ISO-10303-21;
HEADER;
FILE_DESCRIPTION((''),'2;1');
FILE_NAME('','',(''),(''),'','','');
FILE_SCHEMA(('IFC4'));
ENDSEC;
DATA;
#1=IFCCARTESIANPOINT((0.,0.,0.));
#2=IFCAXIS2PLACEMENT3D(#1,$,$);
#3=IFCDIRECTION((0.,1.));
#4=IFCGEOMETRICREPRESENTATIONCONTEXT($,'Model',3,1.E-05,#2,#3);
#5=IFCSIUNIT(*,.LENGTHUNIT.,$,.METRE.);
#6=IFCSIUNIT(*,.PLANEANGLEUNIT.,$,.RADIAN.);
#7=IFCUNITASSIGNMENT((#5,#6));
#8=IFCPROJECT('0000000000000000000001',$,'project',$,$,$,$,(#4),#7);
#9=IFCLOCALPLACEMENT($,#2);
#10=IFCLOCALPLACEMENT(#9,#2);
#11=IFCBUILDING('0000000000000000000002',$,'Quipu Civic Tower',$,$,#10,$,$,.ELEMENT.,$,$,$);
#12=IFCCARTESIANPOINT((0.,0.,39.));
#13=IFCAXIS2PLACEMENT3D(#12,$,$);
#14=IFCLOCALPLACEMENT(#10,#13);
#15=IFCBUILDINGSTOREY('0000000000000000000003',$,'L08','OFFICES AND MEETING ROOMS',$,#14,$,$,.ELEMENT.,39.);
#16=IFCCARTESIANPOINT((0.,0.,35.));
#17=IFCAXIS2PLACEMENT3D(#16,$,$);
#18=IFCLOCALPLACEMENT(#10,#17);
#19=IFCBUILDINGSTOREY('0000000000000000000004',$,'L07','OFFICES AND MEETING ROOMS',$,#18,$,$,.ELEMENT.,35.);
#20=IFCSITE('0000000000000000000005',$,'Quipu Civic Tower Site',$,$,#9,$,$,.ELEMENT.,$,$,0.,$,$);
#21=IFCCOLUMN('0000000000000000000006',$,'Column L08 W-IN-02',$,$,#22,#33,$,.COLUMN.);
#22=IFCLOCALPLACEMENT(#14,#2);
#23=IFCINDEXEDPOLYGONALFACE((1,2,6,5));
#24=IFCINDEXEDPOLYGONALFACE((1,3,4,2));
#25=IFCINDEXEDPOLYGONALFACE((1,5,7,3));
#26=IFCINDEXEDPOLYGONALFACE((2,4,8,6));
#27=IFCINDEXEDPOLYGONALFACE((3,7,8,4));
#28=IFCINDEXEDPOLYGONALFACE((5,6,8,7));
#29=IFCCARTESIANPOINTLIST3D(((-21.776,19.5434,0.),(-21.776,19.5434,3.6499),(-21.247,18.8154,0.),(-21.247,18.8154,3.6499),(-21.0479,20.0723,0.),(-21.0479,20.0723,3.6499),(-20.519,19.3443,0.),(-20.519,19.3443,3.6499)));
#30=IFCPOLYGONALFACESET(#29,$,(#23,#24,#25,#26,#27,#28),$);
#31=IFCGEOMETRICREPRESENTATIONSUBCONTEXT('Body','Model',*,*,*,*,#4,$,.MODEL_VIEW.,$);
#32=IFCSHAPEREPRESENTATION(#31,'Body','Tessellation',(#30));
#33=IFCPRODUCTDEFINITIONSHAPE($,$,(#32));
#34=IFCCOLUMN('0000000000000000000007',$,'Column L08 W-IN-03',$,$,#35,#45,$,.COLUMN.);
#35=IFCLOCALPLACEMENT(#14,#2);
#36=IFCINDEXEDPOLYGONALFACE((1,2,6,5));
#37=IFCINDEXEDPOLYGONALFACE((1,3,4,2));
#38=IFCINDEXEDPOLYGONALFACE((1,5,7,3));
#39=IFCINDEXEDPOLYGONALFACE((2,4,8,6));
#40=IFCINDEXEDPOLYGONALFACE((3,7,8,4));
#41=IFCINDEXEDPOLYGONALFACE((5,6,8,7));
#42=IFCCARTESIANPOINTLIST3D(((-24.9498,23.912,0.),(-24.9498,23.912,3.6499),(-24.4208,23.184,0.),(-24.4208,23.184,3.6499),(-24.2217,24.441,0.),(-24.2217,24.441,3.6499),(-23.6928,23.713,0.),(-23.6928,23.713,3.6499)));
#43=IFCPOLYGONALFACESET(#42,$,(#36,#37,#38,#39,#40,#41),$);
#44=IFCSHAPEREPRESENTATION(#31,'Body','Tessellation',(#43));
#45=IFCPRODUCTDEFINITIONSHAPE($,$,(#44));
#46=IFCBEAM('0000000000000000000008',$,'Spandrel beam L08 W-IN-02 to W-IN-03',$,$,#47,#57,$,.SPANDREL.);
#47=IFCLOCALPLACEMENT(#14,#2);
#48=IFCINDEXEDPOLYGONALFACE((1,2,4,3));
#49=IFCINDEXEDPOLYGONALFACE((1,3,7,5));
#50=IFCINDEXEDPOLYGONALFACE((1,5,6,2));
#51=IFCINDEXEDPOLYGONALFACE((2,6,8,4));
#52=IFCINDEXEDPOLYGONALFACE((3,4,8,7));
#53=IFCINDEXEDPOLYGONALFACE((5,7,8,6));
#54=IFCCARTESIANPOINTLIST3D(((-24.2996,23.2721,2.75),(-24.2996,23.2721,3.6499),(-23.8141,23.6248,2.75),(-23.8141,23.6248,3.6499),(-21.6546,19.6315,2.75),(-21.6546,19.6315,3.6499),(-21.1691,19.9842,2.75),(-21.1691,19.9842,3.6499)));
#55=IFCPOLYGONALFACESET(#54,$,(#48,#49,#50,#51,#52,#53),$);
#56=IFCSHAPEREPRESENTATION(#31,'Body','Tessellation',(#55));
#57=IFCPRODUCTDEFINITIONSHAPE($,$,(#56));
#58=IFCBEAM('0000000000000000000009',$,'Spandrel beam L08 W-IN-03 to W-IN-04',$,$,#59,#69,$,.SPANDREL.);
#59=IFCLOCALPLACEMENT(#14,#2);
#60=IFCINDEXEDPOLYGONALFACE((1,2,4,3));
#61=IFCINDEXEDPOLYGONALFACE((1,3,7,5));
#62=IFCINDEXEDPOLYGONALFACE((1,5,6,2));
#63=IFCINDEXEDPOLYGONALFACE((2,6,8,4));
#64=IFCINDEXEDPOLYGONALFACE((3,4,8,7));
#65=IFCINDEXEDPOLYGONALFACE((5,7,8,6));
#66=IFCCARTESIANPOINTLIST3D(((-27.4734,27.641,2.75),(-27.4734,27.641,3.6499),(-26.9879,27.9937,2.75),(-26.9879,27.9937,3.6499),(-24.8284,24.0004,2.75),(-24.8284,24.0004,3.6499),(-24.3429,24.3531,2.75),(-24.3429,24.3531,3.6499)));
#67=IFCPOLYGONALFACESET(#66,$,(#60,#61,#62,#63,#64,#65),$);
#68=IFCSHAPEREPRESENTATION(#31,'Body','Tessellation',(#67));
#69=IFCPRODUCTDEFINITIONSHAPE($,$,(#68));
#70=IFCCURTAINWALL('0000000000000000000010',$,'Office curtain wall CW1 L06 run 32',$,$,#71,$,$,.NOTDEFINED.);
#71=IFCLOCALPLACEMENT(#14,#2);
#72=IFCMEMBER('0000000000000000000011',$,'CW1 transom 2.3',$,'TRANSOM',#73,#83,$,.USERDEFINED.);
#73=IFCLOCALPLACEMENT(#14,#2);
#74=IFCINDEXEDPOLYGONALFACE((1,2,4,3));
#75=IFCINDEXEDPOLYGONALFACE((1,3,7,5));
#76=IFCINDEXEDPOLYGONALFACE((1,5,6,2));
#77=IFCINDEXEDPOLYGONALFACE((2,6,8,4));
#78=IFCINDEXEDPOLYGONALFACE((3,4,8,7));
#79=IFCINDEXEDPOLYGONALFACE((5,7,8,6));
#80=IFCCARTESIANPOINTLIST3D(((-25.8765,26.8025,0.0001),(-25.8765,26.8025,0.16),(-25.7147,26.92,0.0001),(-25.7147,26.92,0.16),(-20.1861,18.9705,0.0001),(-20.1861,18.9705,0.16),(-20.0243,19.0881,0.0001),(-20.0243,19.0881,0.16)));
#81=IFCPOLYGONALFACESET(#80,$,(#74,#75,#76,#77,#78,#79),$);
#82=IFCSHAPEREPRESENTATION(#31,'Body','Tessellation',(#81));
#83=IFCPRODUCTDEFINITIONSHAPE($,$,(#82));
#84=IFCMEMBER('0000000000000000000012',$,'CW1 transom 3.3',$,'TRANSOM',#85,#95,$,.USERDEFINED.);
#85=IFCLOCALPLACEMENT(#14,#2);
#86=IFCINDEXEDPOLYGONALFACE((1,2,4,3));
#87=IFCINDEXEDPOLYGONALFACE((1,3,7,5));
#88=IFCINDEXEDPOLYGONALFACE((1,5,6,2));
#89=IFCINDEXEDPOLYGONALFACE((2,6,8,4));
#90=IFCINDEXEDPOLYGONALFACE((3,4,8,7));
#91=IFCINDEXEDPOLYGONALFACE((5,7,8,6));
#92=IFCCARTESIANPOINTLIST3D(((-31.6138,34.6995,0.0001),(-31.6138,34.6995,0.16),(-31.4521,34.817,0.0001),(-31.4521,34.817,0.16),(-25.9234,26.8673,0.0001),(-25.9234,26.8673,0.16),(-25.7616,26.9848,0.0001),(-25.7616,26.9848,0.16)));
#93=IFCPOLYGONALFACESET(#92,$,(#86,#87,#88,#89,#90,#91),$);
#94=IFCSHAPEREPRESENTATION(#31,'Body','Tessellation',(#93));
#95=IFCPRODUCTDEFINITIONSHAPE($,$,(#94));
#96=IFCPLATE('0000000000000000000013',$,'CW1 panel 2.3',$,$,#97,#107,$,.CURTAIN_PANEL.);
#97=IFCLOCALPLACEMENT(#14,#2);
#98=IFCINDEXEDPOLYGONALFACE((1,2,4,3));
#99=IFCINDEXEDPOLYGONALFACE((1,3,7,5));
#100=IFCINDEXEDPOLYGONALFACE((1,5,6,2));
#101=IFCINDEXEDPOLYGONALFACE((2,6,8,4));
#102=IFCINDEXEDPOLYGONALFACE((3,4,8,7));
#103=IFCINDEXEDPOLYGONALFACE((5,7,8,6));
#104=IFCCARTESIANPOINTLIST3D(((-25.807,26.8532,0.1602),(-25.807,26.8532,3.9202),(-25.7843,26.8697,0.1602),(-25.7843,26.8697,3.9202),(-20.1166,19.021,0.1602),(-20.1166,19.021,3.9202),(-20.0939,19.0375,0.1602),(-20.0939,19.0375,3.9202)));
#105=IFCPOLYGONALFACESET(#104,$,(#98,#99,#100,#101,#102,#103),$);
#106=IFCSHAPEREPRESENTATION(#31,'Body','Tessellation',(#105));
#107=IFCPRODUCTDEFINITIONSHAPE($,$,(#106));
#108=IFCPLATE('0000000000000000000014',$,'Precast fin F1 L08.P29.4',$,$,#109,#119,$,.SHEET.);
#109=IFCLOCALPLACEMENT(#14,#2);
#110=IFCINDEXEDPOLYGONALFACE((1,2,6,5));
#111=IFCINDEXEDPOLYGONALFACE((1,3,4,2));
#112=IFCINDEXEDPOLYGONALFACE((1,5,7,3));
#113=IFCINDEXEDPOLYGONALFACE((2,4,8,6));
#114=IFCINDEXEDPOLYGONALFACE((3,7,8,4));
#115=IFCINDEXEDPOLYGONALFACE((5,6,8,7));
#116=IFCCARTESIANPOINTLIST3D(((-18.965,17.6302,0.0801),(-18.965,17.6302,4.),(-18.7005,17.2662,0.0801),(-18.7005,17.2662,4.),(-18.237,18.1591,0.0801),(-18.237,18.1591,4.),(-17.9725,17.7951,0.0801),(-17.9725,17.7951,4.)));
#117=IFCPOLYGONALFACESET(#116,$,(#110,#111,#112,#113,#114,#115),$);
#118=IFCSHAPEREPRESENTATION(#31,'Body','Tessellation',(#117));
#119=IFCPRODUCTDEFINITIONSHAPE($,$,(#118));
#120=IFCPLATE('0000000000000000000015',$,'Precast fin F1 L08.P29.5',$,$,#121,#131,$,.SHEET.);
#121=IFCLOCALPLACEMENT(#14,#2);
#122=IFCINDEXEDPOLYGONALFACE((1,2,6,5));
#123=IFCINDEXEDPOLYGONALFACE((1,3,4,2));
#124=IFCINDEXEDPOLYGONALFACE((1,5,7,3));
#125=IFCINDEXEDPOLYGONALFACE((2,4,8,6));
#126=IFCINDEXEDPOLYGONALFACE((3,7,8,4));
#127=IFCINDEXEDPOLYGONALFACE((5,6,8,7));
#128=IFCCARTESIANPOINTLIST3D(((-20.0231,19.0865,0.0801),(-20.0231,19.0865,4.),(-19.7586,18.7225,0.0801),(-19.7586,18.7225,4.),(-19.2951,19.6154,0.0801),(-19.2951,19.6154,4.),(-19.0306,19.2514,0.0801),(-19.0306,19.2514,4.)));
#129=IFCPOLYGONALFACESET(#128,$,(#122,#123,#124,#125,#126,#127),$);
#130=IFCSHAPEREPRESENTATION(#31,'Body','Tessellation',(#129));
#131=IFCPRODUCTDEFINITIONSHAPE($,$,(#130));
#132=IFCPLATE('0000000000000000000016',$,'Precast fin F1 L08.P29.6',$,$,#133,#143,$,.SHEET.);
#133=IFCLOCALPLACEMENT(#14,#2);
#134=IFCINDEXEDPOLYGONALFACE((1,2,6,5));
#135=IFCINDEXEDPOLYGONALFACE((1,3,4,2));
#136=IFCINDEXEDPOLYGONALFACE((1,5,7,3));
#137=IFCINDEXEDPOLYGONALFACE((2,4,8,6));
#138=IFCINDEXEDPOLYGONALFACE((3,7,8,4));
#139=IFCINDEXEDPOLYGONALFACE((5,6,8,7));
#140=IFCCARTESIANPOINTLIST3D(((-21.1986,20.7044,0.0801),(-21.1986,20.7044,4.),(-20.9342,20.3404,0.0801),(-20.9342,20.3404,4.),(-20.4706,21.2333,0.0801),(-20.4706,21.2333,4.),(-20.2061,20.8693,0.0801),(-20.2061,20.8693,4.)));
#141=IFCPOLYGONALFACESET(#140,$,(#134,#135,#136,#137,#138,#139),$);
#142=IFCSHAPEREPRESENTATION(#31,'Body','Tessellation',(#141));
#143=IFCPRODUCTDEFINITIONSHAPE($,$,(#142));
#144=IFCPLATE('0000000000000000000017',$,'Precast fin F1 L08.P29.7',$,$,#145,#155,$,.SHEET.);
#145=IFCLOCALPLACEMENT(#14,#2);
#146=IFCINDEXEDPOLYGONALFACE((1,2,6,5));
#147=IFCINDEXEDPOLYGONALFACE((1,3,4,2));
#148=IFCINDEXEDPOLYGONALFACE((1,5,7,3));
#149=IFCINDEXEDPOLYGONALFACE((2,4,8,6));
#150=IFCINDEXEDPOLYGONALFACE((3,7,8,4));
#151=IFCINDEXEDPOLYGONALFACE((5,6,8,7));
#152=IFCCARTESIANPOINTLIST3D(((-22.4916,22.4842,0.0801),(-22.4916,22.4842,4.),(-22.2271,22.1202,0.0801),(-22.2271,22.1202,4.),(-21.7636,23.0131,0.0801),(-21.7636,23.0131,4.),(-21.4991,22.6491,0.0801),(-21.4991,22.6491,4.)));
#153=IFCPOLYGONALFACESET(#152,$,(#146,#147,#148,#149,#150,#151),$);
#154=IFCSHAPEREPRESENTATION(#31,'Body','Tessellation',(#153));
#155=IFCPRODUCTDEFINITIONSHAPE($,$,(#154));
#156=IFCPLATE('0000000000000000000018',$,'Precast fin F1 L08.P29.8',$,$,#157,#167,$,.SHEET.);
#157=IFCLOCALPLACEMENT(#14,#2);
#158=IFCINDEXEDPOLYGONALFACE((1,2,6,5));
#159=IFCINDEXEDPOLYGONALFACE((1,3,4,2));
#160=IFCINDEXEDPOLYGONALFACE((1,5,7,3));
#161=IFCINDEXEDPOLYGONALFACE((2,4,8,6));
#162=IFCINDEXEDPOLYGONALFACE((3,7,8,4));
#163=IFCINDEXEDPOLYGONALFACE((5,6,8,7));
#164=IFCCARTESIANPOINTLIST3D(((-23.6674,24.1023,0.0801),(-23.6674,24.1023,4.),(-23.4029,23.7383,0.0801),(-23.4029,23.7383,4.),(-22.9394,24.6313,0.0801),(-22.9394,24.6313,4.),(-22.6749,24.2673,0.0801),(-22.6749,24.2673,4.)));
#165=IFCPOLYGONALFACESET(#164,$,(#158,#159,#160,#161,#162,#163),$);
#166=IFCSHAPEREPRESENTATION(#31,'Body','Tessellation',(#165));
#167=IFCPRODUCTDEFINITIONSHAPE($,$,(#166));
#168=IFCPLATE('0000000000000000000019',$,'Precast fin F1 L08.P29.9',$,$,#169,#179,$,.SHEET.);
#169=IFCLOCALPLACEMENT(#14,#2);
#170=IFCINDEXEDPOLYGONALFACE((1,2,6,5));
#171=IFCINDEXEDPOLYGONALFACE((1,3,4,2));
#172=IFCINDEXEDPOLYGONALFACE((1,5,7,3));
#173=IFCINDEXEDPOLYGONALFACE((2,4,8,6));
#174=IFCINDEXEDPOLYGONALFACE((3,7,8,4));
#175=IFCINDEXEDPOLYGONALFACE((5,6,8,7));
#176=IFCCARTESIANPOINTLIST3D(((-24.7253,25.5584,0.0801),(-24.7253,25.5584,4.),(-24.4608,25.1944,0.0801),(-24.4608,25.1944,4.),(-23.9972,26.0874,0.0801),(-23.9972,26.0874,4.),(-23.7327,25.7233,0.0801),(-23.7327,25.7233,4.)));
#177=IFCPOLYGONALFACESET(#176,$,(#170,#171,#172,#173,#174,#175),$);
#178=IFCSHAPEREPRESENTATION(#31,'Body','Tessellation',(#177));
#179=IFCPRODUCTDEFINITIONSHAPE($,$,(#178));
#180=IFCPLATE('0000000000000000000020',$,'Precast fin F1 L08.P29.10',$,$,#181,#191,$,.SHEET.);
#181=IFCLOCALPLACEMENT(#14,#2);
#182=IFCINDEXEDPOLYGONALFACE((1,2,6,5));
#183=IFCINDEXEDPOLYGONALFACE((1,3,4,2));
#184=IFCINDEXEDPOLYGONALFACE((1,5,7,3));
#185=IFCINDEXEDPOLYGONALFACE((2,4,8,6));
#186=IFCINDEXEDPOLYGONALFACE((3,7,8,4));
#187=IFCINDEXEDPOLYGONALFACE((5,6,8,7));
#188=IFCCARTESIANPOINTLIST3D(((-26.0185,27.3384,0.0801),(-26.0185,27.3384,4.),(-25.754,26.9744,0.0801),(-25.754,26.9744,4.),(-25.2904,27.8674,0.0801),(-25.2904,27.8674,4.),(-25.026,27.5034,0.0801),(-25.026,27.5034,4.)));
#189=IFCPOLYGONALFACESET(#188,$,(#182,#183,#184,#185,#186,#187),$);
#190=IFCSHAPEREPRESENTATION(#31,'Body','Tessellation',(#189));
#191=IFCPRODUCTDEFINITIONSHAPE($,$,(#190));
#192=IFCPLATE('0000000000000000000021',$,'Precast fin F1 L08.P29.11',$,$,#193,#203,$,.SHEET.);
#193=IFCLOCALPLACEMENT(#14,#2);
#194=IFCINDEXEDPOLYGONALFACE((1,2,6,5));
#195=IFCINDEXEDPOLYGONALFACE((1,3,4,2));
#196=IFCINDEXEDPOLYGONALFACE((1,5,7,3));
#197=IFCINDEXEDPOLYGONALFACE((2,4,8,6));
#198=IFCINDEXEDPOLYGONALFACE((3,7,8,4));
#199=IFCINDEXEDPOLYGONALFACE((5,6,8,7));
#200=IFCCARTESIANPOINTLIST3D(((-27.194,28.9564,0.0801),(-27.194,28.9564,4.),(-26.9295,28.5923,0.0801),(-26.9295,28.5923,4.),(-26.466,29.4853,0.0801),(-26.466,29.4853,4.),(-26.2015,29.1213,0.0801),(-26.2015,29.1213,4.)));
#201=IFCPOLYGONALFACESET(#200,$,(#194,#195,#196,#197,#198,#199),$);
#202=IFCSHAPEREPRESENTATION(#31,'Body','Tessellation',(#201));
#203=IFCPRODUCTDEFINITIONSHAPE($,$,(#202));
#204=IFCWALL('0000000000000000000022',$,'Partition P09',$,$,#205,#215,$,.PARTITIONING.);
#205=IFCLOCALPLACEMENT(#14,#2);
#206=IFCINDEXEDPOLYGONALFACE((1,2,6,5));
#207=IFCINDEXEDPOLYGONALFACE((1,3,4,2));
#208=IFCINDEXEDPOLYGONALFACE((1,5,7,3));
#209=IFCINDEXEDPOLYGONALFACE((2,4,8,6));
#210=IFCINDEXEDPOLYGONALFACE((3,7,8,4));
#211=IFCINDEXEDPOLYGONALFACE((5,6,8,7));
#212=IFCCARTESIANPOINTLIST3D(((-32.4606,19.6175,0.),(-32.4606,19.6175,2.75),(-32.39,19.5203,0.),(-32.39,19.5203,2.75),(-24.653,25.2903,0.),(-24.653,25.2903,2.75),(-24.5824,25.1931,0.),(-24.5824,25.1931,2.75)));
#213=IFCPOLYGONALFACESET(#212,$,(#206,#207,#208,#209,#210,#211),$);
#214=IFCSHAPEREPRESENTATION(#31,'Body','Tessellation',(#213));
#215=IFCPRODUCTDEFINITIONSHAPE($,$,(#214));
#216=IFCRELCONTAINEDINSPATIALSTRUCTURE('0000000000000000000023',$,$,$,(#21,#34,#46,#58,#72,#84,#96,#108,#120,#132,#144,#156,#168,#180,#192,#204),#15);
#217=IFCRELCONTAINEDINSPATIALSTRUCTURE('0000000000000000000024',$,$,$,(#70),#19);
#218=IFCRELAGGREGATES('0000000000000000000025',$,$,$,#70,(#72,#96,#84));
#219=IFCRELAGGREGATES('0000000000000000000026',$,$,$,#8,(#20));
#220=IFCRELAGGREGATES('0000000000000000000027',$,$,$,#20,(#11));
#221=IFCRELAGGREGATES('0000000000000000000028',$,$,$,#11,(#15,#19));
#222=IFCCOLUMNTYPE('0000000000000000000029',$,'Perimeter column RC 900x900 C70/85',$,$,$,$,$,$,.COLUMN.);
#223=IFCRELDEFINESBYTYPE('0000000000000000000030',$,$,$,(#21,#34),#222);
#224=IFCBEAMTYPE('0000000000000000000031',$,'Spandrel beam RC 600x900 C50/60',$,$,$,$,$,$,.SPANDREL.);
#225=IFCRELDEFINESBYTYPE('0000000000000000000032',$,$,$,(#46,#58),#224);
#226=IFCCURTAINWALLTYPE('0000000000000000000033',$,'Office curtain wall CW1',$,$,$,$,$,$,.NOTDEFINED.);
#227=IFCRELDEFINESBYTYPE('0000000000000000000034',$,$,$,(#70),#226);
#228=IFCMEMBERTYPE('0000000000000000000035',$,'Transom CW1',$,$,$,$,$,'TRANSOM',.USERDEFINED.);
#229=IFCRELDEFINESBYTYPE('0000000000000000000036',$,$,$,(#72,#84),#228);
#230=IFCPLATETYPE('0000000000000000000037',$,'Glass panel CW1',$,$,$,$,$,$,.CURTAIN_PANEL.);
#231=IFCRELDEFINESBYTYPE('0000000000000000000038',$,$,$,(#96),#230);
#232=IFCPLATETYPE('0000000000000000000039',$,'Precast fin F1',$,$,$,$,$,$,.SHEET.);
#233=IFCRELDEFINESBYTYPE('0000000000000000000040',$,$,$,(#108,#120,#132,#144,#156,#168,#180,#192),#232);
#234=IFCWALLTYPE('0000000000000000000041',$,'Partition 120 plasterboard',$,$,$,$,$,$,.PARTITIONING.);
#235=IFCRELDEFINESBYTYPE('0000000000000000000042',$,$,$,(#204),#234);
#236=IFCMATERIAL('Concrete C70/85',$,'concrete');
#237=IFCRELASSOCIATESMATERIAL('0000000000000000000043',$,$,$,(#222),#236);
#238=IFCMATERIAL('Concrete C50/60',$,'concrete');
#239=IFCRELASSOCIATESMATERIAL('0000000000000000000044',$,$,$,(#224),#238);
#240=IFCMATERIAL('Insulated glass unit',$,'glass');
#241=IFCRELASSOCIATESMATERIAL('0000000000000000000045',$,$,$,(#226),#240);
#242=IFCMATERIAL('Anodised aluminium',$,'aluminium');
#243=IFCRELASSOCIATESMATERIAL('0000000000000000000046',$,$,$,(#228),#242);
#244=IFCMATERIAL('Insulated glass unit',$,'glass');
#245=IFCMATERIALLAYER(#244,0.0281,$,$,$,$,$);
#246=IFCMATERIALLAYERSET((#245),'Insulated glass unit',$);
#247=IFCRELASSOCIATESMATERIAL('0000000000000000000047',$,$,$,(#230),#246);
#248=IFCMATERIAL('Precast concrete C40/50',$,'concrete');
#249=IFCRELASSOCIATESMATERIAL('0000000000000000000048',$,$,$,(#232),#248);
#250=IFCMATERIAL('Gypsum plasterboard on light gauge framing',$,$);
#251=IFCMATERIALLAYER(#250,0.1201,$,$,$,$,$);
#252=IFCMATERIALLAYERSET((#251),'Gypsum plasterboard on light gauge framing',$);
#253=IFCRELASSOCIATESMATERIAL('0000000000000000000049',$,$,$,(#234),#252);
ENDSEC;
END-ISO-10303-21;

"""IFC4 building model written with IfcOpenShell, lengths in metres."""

from ifc_helpers import new_model, si_unit, direction, frame, frame_2d, origin, origin_2d, place, context, subcontext, project, spatial, rectangle, extrude, material, layer, layer_set, material_profile, profile_set, type_object, element, aggregate, save


model = new_model("IFC4")

# Units and contexts
model_context = context("Model", 3, precision=1e-05, world=origin(), true_north=direction((0.0, 1.0)))
body_context = subcontext(model_context, "Body", "Model", "MODEL_VIEW")
ifc_project = project(units=[si_unit("LENGTHUNIT", "METRE"), si_unit("PLANEANGLEUNIT", "RADIAN")], contexts=[model_context])

# Site, building, storey
site_placement = place(None, origin())
site = spatial("IfcSite", under=ifc_project, at=site_placement, Name="Quipu Civic Tower Site", CompositionType="ELEMENT", RefElevation=0.0)
building_placement = place(site_placement, origin())
building = spatial("IfcBuilding", under=site, at=building_placement, Name="Quipu Civic Tower", CompositionType="ELEMENT")
storey_1_placement = place(building_placement, frame((0.0, 0.0, 39.0)))
storey_1 = spatial("IfcBuildingStorey", under=building, at=storey_1_placement, Name="L08", Description="OFFICES AND MEETING ROOMS", CompositionType="ELEMENT", Elevation=39.0)

# Columns
ifc_material_1 = material(Name="Concrete C70/85", Category="concrete")
ifc_material_profile_1 = material_profile(ifc_material_1, rectangle(XDim=0.8999, YDim=0.8999, at=origin_2d()), Name="RC900x900")
ifc_profile_set_1 = profile_set([ifc_material_profile_1], Name="Concrete C70/85")
column_type = type_object("IfcColumnType", Name="Perimeter column RC 900x900 C70/85", PredefinedType="COLUMN", material=ifc_profile_set_1)
for number, where, z_axis, x_axis, name in (
    (1, (-21.1475, 19.4438, 0.0), (0.0, 0.0, 1.0), (-0.587785, 0.809017, 0.0), "Column L08 W-IN-02"),
    (2, (-24.3213, 23.8125, 0.0), (0.0, 0.0, 1.0), (-0.587785, 0.809017, 0.0), "Column L08 W-IN-03"),
):
    element("IfcColumn", number, at=place(storey_1_placement, frame(where, z_axis=z_axis, x_axis=x_axis)), inside=storey_1, type_object=column_type, Name=name, PredefinedType="COLUMN", context=body_context, shape_type="SweptSolid", body=[
        extrude(rectangle(XDim=0.8999, YDim=0.8999, at=origin_2d()), origin(), (0.0, 0.0, 1.0), 3.6499),
    ])

# Beams
ifc_material_2 = material(Name="Concrete C50/60", Category="concrete")
ifc_material_profile_2 = material_profile(ifc_material_2, rectangle(XDim=0.6001, YDim=0.8999, at=origin_2d()), Name="RC600x900")
ifc_profile_set_2 = profile_set([ifc_material_profile_2], Name="Concrete C50/60")
beam_type = type_object("IfcBeamType", Name="Spandrel beam RC 600x900 C50/60", PredefinedType="SPANDREL", material=ifc_profile_set_2)
for number, where, z_axis, x_axis, name in (
    (3, (-21.4119, 19.8079, 3.2), (-0.587778, 0.809022, 0.0), (-0.809022, -0.587778, 0.0), "Spandrel beam L08 W-IN-02 to W-IN-03"),
    (4, (-24.5857, 24.1768, 3.2), (-0.587778, 0.809022, 0.0), (-0.809022, -0.587778, 0.0), "Spandrel beam L08 W-IN-03 to W-IN-04"),
):
    element("IfcBeam", number, at=place(storey_1_placement, frame(where, z_axis=z_axis, x_axis=x_axis)), inside=storey_1, type_object=beam_type, Name=name, PredefinedType="SPANDREL", context=body_context, shape_type="SweptSolid", body=[
        extrude(rectangle(XDim=0.6001, YDim=0.8999, at=origin_2d()), origin(), (0.0, 0.0, 1.0), 4.5),
    ])

# Shared definitions
storey_2_placement = place(building_placement, frame((0.0, 0.0, 35.0)))
storey_2 = spatial("IfcBuildingStorey", under=building, at=storey_2_placement, Name="L07", Description="OFFICES AND MEETING ROOMS", CompositionType="ELEMENT", Elevation=35.0)

# Curtain wall, members, plate
ifc_material_3 = material(Name="Insulated glass unit", Category="glass")
curtain_wall_type = type_object("IfcCurtainWallType", Name="Office curtain wall CW1", PredefinedType="NOTDEFINED", material=ifc_material_3)
curtain_wall_placement = place(storey_2_placement, origin())
curtain_wall = element("IfcCurtainWall", 5, at=curtain_wall_placement, inside=storey_2, type_object=curtain_wall_type, Name="Office curtain wall CW1 L06 run 32", PredefinedType="NOTDEFINED")
ifc_material_4 = material(Name="Anodised aluminium", Category="aluminium")
ifc_material_profile_3 = material_profile(ifc_material_4, rectangle(XDim=0.2, YDim=0.1599, at=origin_2d()), Name="RECT 200x160")
ifc_profile_set_3 = profile_set([ifc_material_profile_3], Name="Anodised aluminium")
member_type = type_object("IfcMemberType", Name="Transom CW1", ElementType="TRANSOM", PredefinedType="USERDEFINED", material=ifc_profile_set_3)
member_1_placement = place(storey_1_placement, frame((-20.1052, 19.0293, 0.0801), z_axis=(-0.587794, 0.809011, 0.0), x_axis=(-0.809011, -0.587794, 0.0)))
member_1 = element("IfcMember", 6, at=member_1_placement, inside=storey_1, type_object=member_type, Name="CW1 transom 2.3", ObjectType="TRANSOM", PredefinedType="USERDEFINED", context=body_context, shape_type="SweptSolid", body=[
    extrude(rectangle(XDim=0.2, YDim=0.1599, at=origin_2d()), origin(), (0.0, 0.0, 1.0), 9.6809),
])
member_2_placement = place(storey_1_placement, frame((-25.8425, 26.926, 0.0801), z_axis=(-0.587782, 0.80902, 0.0), x_axis=(-0.80902, -0.587782, 0.0)))
member_2 = element("IfcMember", 7, at=member_2_placement, inside=storey_1, type_object=member_type, Name="CW1 transom 3.3", ObjectType="TRANSOM", PredefinedType="USERDEFINED", context=body_context, shape_type="SweptSolid", body=[
    extrude(rectangle(XDim=0.2, YDim=0.1599, at=origin_2d()), origin(), (0.0, 0.0, 1.0), 9.6812),
])
ifc_material_5 = material(Name="Insulated glass unit", Category="glass")
ifc_layer_1 = layer(ifc_material_5, 0.0281)
ifc_layer_set_1 = layer_set([ifc_layer_1], Name="Insulated glass unit")
plate_type_1 = type_object("IfcPlateType", Name="Glass panel CW1", PredefinedType="CURTAIN_PANEL", material=ifc_layer_set_1)
plate_placement = place(storey_1_placement, frame((-22.9504, 22.9453, 0.1602), z_axis=(0.0, 0.0, 1.0), x_axis=(-0.587786, 0.809017, 0.0)))
plate = element("IfcPlate", 8, at=plate_placement, inside=storey_1, type_object=plate_type_1, Name="CW1 panel 2.3", PredefinedType="CURTAIN_PANEL", context=body_context, shape_type="SweptSolid", body=[
    extrude(rectangle(XDim=9.6812, YDim=0.0281, at=origin_2d()), origin(), (0.0, 0.0, 1.0), 3.76),
])
aggregate(curtain_wall, [member_1, plate, member_2])

# Plates
ifc_material_6 = material(Name="Precast concrete C40/50", Category="concrete")
plate_type_2 = type_object("IfcPlateType", Name="Precast fin F1", PredefinedType="SHEET", material=ifc_material_6)
for number, where, z_axis, x_axis, name in (
    (9, (-18.4688, 17.7126, 0.0801), (0.0, 0.0, 1.0), (-0.587785, 0.809017, 0.0), "Precast fin F1 L08.P29.4"),
    (10, (-19.5269, 19.1689, 0.0801), (0.0, 0.0, 1.0), (-0.587785, 0.809017, 0.0), "Precast fin F1 L08.P29.5"),
    (11, (-20.7024, 20.7869, 0.0801), (0.0, 0.0, 1.0), (-0.587785, 0.809017, 0.0), "Precast fin F1 L08.P29.6"),
    (12, (-21.9954, 22.5667, 0.0801), (0.0, 0.0, 1.0), (-0.587785, 0.809017, 0.0), "Precast fin F1 L08.P29.7"),
    (13, (-23.1711, 24.1848, 0.0801), (0.0, 0.0, 1.0), (-0.587785, 0.809017, 0.0), "Precast fin F1 L08.P29.8"),
    (14, (-24.229, 25.6409, 0.0801), (0.0, 0.0, 1.0), (-0.587785, 0.809017, 0.0), "Precast fin F1 L08.P29.9"),
    (15, (-25.5222, 27.4209, 0.0801), (0.0, 0.0, 1.0), (-0.587785, 0.809017, 0.0), "Precast fin F1 L08.P29.10"),
    (16, (-26.6978, 29.0388, 0.0801), (0.0, 0.0, 1.0), (-0.587785, 0.809017, 0.0), "Precast fin F1 L08.P29.11"),
):
    element("IfcPlate", number, at=place(storey_1_placement, frame(where, z_axis=z_axis, x_axis=x_axis)), inside=storey_1, type_object=plate_type_2, Name=name, PredefinedType="SHEET", context=body_context, shape_type="SweptSolid", body=[
        extrude(rectangle(XDim=0.45, YDim=0.8999, at=origin_2d()), origin(), (0.0, 0.0, 1.0), 3.9199),
    ])

# Wall
ifc_material_7 = material(Name="Gypsum plasterboard on light gauge framing")
ifc_layer_2 = layer(ifc_material_7, 0.1201)
ifc_layer_set_2 = layer_set([ifc_layer_2], Name="Gypsum plasterboard on light gauge framing")
wall_type = type_object("IfcWallType", Name="Partition 120 plasterboard", PredefinedType="PARTITIONING", material=ifc_layer_set_2)
wall_placement = place(storey_1_placement, frame((-24.6177, 25.2417, 0.0), z_axis=(0.0, 0.0, 1.0), x_axis=(-0.809003, -0.587805, 0.0)))
element("IfcWall", 17, at=wall_placement, inside=storey_1, type_object=wall_type, Name="Partition P09", PredefinedType="PARTITIONING", context=body_context, shape_type="SweptSolid", body=[
    extrude(rectangle(XDim=9.6509, YDim=0.1201, at=frame_2d((4.8254, 0.0))), origin(), (0.0, 0.0, 1.0), 2.75),
])

save(model, "model.ifc")
